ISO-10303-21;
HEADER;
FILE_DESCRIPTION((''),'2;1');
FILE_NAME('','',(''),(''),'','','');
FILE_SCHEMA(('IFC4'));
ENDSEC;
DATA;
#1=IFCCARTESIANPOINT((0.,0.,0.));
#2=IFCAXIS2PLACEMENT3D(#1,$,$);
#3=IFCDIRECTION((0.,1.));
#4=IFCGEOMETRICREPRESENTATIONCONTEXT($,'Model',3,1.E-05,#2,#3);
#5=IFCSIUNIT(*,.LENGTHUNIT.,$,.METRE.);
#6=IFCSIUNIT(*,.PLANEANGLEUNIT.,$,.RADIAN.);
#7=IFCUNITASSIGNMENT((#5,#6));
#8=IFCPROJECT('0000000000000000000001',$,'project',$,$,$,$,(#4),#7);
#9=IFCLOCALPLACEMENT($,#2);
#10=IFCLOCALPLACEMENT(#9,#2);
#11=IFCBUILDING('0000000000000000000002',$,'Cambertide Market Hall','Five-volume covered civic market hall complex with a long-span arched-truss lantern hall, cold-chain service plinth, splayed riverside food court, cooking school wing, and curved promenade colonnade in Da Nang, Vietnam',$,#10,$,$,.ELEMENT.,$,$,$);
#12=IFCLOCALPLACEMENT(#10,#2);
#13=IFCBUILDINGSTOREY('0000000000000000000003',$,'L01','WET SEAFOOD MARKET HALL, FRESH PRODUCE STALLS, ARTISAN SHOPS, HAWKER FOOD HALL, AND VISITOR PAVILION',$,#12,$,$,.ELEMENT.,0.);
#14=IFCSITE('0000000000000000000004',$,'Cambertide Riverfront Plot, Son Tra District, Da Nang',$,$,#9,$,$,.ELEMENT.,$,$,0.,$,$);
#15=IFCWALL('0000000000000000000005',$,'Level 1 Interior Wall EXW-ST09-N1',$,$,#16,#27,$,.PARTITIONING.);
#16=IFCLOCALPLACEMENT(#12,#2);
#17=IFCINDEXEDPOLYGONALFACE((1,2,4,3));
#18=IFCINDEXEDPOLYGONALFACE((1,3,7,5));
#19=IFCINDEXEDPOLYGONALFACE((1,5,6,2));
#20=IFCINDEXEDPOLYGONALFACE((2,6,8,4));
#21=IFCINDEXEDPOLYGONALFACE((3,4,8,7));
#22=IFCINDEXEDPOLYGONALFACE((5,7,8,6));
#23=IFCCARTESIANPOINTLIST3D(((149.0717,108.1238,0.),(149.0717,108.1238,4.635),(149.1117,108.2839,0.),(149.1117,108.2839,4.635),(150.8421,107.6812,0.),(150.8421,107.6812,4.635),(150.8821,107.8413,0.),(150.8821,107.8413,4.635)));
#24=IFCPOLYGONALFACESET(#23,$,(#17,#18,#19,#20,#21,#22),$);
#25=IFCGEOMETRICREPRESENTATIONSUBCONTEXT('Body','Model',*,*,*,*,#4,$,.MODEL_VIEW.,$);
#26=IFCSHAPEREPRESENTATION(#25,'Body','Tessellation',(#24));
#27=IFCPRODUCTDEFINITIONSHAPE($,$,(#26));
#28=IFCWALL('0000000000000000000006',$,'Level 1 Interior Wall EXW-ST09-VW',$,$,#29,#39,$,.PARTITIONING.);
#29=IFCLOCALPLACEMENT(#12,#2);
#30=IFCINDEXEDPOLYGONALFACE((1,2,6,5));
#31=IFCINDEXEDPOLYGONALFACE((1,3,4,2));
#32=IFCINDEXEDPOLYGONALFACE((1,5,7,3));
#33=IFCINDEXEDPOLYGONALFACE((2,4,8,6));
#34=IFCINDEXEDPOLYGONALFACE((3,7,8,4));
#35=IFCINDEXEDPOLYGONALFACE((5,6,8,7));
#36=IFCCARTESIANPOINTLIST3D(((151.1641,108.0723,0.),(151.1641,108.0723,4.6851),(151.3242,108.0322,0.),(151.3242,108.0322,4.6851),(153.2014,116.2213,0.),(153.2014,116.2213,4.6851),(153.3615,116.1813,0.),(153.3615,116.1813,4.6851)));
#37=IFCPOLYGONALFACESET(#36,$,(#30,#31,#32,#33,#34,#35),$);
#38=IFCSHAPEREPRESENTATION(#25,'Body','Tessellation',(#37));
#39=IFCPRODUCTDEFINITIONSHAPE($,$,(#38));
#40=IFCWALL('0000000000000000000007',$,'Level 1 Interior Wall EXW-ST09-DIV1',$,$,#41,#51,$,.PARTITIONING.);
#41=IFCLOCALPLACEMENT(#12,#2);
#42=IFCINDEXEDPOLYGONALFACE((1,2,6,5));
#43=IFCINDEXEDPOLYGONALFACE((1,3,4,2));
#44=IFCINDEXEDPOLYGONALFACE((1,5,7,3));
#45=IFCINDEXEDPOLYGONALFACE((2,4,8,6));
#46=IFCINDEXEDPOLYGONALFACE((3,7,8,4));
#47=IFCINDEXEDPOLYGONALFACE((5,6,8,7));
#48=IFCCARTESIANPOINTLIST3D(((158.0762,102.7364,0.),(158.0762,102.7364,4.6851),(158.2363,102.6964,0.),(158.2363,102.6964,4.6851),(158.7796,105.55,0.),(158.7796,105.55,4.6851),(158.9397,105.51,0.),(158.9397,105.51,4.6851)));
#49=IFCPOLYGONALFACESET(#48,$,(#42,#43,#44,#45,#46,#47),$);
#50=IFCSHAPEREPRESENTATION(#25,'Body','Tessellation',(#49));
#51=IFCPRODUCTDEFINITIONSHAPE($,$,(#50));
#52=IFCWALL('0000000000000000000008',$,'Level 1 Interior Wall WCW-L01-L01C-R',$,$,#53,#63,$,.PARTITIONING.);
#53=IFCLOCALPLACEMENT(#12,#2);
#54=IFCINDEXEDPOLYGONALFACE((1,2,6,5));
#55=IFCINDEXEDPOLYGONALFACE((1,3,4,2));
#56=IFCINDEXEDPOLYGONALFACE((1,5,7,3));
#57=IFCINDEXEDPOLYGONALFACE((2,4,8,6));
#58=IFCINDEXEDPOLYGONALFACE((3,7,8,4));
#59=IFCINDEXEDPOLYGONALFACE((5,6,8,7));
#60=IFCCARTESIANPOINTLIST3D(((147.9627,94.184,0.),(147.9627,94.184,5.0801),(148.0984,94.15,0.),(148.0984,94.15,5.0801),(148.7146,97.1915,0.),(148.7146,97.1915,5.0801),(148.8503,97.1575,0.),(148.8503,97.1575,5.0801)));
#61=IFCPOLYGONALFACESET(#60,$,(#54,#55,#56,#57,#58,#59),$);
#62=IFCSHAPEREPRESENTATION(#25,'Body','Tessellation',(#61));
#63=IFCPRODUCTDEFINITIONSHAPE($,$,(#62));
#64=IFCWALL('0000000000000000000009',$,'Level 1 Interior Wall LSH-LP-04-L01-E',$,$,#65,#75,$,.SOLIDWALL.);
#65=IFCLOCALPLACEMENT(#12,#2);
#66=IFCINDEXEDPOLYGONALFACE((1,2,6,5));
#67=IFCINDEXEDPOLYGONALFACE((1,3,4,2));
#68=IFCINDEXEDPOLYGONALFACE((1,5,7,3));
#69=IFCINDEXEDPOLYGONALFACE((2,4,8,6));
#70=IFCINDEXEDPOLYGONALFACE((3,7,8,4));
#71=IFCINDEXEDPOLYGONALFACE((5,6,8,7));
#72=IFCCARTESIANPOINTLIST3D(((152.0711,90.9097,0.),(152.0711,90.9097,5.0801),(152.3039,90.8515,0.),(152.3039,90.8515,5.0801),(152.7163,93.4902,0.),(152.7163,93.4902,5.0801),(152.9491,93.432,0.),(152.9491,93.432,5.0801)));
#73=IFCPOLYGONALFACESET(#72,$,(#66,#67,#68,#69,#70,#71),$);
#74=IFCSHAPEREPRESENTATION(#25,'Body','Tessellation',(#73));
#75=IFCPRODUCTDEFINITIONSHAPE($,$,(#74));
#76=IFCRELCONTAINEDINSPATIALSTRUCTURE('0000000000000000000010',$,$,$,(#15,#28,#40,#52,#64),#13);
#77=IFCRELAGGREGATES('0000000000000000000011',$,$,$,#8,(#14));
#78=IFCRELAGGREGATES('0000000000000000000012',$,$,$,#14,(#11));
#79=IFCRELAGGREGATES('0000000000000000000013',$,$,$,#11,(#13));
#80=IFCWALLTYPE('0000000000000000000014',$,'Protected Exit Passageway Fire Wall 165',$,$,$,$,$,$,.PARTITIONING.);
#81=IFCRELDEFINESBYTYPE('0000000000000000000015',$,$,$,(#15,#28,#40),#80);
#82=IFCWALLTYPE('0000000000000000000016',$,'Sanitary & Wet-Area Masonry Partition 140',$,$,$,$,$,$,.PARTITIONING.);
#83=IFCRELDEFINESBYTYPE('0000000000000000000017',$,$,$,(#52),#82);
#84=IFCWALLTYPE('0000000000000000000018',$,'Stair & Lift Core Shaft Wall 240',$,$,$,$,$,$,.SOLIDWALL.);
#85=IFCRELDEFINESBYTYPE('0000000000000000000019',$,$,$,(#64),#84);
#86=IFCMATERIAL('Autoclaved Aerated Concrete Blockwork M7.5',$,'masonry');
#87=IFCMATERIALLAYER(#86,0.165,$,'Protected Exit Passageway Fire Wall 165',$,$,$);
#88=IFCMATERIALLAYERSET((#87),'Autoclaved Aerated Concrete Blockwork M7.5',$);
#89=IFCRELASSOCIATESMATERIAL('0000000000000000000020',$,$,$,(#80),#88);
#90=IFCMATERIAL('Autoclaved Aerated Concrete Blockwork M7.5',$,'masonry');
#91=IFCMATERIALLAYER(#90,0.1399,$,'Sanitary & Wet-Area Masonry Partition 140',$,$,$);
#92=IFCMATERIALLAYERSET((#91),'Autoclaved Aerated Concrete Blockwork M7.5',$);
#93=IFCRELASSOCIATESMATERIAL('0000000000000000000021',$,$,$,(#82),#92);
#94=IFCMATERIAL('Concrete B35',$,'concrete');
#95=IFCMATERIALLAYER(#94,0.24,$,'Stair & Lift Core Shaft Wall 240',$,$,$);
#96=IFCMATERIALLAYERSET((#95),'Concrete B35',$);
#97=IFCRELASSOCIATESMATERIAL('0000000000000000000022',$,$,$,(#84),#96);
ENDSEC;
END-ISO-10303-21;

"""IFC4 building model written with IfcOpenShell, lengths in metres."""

from ifc_helpers import new_model, si_unit, direction, frame, frame_2d, origin, place, context, subcontext, project, spatial, rectangle, extrude, material, layer, layer_set, type_object, element, save


model = new_model("IFC4")

# Units and contexts
model_context = context("Model", 3, precision=1e-05, world=origin(), true_north=direction((0.0, 1.0)))
body_context = subcontext(model_context, "Body", "Model", "MODEL_VIEW")
ifc_project = project(units=[si_unit("LENGTHUNIT", "METRE"), si_unit("PLANEANGLEUNIT", "RADIAN")], contexts=[model_context])

# Site, building, storey
site_placement = place(None, origin())
site = spatial("IfcSite", under=ifc_project, at=site_placement, Name="Cambertide Riverfront Plot, Son Tra District, Da Nang", CompositionType="ELEMENT", RefElevation=0.0)
building_placement = place(site_placement, origin())
building = spatial("IfcBuilding", under=site, at=building_placement, Name="Cambertide Market Hall", Description="Five-volume covered civic market hall complex with a long-span arched-truss lantern hall, cold-chain service plinth, splayed riverside food court, cooking school wing, and curved promenade colonnade in Da Nang, Vietnam", CompositionType="ELEMENT")
storey_placement = place(building_placement, origin())
storey = spatial("IfcBuildingStorey", under=building, at=storey_placement, Name="L01", Description="WET SEAFOOD MARKET HALL, FRESH PRODUCE STALLS, ARTISAN SHOPS, HAWKER FOOD HALL, AND VISITOR PAVILION", CompositionType="ELEMENT", Elevation=0.0)

# Walls
ifc_material_1 = material(Name="Autoclaved Aerated Concrete Blockwork M7.5", Category="masonry")
ifc_layer_1 = layer(ifc_material_1, 0.165, Name="Protected Exit Passageway Fire Wall 165")
ifc_layer_set_1 = layer_set([ifc_layer_1], Name="Autoclaved Aerated Concrete Blockwork M7.5")
wall_type_1 = type_object("IfcWallType", Name="Protected Exit Passageway Fire Wall 165", PredefinedType="PARTITIONING", material=ifc_layer_set_1)
wall_1_placement = place(storey_placement, frame((149.0916, 108.2039, 0.0), z_axis=(0.0, 0.0, 1.0), x_axis=(0.970143, -0.242536, 0.0)))
element("IfcWall", 1, at=wall_1_placement, inside=storey, type_object=wall_type_1, Name="Level 1 Interior Wall EXW-ST09-N1", PredefinedType="PARTITIONING", context=body_context, shape_type="SweptSolid", body=[
    extrude(rectangle(XDim=1.825, YDim=0.165, at=frame_2d((0.9126, 0.0))), origin(), (0.0, 0.0, 1.0), 4.635),
])
wall_2_placement = place(storey_placement, frame((151.2441, 108.0522, 0.0), z_axis=(0.0, 0.0, 1.0), x_axis=(0.242542, 0.970141, 0.0)))
element("IfcWall", 2, at=wall_2_placement, inside=storey, type_object=wall_type_1, Name="Level 1 Interior Wall EXW-ST09-VW", PredefinedType="PARTITIONING", context=body_context, shape_type="SweptSolid", body=[
    extrude(rectangle(XDim=8.3999, YDim=0.165, at=frame_2d((4.2, 0.0))), origin(), (0.0, 0.0, 1.0), 4.6851),
])
wall_3_placement = place(storey_placement, frame((158.1562, 102.7163, 0.0), z_axis=(0.0, 0.0, 1.0), x_axis=(0.242536, 0.970143, 0.0)))
element("IfcWall", 3, at=wall_3_placement, inside=storey, type_object=wall_type_1, Name="Level 1 Interior Wall EXW-ST09-DIV1", PredefinedType="PARTITIONING", context=body_context, shape_type="SweptSolid", body=[
    extrude(rectangle(XDim=2.9001, YDim=0.165, at=frame_2d((1.4502, 0.0))), origin(), (0.0, 0.0, 1.0), 4.6851),
])

# Shared definitions
ifc_material_2 = material(Name="Autoclaved Aerated Concrete Blockwork M7.5", Category="masonry")
ifc_layer_2 = layer(ifc_material_2, 0.1399, Name="Sanitary & Wet-Area Masonry Partition 140")
ifc_layer_set_2 = layer_set([ifc_layer_2], Name="Autoclaved Aerated Concrete Blockwork M7.5")
wall_type_2 = type_object("IfcWallType", Name="Sanitary & Wet-Area Masonry Partition 140", PredefinedType="PARTITIONING", material=ifc_layer_set_2)

# Wall
wall_4_placement = place(storey_placement, frame((148.0305, 94.167, 0.0), z_axis=(0.0, 0.0, 1.0), x_axis=(0.242554, 0.970138, 0.0)))
element("IfcWall", 4, at=wall_4_placement, inside=storey, type_object=wall_type_2, Name="Level 1 Interior Wall WCW-L01-L01C-R", PredefinedType="PARTITIONING", context=body_context, shape_type="SweptSolid", body=[
    extrude(rectangle(XDim=3.1001, YDim=0.1399, at=frame_2d((1.55, 0.0))), origin(), (0.0, 0.0, 1.0), 5.0801),
])

# Shared definitions
ifc_material_3 = material(Name="Concrete B35", Category="concrete")
ifc_layer_3 = layer(ifc_material_3, 0.24, Name="Stair & Lift Core Shaft Wall 240")
ifc_layer_set_3 = layer_set([ifc_layer_3], Name="Concrete B35")
wall_type_3 = type_object("IfcWallType", Name="Stair & Lift Core Shaft Wall 240", PredefinedType="SOLIDWALL", material=ifc_layer_set_3)

# Wall
wall_5_placement = place(storey_placement, frame((152.8328, 93.4612, 0.0), z_axis=(0.0, 0.0, 1.0), x_axis=(-0.242579, -0.970132, 0.0)))
element("IfcWall", 5, at=wall_5_placement, inside=storey, type_object=wall_type_3, Name="Level 1 Interior Wall LSH-LP-04-L01-E", PredefinedType="SOLIDWALL", context=body_context, shape_type="SweptSolid", body=[
    extrude(rectangle(XDim=2.6599, YDim=0.24, at=frame_2d((1.3301, 0.0))), origin(), (0.0, 0.0, 1.0), 5.0801),
])

save(model, "model.ifc")
